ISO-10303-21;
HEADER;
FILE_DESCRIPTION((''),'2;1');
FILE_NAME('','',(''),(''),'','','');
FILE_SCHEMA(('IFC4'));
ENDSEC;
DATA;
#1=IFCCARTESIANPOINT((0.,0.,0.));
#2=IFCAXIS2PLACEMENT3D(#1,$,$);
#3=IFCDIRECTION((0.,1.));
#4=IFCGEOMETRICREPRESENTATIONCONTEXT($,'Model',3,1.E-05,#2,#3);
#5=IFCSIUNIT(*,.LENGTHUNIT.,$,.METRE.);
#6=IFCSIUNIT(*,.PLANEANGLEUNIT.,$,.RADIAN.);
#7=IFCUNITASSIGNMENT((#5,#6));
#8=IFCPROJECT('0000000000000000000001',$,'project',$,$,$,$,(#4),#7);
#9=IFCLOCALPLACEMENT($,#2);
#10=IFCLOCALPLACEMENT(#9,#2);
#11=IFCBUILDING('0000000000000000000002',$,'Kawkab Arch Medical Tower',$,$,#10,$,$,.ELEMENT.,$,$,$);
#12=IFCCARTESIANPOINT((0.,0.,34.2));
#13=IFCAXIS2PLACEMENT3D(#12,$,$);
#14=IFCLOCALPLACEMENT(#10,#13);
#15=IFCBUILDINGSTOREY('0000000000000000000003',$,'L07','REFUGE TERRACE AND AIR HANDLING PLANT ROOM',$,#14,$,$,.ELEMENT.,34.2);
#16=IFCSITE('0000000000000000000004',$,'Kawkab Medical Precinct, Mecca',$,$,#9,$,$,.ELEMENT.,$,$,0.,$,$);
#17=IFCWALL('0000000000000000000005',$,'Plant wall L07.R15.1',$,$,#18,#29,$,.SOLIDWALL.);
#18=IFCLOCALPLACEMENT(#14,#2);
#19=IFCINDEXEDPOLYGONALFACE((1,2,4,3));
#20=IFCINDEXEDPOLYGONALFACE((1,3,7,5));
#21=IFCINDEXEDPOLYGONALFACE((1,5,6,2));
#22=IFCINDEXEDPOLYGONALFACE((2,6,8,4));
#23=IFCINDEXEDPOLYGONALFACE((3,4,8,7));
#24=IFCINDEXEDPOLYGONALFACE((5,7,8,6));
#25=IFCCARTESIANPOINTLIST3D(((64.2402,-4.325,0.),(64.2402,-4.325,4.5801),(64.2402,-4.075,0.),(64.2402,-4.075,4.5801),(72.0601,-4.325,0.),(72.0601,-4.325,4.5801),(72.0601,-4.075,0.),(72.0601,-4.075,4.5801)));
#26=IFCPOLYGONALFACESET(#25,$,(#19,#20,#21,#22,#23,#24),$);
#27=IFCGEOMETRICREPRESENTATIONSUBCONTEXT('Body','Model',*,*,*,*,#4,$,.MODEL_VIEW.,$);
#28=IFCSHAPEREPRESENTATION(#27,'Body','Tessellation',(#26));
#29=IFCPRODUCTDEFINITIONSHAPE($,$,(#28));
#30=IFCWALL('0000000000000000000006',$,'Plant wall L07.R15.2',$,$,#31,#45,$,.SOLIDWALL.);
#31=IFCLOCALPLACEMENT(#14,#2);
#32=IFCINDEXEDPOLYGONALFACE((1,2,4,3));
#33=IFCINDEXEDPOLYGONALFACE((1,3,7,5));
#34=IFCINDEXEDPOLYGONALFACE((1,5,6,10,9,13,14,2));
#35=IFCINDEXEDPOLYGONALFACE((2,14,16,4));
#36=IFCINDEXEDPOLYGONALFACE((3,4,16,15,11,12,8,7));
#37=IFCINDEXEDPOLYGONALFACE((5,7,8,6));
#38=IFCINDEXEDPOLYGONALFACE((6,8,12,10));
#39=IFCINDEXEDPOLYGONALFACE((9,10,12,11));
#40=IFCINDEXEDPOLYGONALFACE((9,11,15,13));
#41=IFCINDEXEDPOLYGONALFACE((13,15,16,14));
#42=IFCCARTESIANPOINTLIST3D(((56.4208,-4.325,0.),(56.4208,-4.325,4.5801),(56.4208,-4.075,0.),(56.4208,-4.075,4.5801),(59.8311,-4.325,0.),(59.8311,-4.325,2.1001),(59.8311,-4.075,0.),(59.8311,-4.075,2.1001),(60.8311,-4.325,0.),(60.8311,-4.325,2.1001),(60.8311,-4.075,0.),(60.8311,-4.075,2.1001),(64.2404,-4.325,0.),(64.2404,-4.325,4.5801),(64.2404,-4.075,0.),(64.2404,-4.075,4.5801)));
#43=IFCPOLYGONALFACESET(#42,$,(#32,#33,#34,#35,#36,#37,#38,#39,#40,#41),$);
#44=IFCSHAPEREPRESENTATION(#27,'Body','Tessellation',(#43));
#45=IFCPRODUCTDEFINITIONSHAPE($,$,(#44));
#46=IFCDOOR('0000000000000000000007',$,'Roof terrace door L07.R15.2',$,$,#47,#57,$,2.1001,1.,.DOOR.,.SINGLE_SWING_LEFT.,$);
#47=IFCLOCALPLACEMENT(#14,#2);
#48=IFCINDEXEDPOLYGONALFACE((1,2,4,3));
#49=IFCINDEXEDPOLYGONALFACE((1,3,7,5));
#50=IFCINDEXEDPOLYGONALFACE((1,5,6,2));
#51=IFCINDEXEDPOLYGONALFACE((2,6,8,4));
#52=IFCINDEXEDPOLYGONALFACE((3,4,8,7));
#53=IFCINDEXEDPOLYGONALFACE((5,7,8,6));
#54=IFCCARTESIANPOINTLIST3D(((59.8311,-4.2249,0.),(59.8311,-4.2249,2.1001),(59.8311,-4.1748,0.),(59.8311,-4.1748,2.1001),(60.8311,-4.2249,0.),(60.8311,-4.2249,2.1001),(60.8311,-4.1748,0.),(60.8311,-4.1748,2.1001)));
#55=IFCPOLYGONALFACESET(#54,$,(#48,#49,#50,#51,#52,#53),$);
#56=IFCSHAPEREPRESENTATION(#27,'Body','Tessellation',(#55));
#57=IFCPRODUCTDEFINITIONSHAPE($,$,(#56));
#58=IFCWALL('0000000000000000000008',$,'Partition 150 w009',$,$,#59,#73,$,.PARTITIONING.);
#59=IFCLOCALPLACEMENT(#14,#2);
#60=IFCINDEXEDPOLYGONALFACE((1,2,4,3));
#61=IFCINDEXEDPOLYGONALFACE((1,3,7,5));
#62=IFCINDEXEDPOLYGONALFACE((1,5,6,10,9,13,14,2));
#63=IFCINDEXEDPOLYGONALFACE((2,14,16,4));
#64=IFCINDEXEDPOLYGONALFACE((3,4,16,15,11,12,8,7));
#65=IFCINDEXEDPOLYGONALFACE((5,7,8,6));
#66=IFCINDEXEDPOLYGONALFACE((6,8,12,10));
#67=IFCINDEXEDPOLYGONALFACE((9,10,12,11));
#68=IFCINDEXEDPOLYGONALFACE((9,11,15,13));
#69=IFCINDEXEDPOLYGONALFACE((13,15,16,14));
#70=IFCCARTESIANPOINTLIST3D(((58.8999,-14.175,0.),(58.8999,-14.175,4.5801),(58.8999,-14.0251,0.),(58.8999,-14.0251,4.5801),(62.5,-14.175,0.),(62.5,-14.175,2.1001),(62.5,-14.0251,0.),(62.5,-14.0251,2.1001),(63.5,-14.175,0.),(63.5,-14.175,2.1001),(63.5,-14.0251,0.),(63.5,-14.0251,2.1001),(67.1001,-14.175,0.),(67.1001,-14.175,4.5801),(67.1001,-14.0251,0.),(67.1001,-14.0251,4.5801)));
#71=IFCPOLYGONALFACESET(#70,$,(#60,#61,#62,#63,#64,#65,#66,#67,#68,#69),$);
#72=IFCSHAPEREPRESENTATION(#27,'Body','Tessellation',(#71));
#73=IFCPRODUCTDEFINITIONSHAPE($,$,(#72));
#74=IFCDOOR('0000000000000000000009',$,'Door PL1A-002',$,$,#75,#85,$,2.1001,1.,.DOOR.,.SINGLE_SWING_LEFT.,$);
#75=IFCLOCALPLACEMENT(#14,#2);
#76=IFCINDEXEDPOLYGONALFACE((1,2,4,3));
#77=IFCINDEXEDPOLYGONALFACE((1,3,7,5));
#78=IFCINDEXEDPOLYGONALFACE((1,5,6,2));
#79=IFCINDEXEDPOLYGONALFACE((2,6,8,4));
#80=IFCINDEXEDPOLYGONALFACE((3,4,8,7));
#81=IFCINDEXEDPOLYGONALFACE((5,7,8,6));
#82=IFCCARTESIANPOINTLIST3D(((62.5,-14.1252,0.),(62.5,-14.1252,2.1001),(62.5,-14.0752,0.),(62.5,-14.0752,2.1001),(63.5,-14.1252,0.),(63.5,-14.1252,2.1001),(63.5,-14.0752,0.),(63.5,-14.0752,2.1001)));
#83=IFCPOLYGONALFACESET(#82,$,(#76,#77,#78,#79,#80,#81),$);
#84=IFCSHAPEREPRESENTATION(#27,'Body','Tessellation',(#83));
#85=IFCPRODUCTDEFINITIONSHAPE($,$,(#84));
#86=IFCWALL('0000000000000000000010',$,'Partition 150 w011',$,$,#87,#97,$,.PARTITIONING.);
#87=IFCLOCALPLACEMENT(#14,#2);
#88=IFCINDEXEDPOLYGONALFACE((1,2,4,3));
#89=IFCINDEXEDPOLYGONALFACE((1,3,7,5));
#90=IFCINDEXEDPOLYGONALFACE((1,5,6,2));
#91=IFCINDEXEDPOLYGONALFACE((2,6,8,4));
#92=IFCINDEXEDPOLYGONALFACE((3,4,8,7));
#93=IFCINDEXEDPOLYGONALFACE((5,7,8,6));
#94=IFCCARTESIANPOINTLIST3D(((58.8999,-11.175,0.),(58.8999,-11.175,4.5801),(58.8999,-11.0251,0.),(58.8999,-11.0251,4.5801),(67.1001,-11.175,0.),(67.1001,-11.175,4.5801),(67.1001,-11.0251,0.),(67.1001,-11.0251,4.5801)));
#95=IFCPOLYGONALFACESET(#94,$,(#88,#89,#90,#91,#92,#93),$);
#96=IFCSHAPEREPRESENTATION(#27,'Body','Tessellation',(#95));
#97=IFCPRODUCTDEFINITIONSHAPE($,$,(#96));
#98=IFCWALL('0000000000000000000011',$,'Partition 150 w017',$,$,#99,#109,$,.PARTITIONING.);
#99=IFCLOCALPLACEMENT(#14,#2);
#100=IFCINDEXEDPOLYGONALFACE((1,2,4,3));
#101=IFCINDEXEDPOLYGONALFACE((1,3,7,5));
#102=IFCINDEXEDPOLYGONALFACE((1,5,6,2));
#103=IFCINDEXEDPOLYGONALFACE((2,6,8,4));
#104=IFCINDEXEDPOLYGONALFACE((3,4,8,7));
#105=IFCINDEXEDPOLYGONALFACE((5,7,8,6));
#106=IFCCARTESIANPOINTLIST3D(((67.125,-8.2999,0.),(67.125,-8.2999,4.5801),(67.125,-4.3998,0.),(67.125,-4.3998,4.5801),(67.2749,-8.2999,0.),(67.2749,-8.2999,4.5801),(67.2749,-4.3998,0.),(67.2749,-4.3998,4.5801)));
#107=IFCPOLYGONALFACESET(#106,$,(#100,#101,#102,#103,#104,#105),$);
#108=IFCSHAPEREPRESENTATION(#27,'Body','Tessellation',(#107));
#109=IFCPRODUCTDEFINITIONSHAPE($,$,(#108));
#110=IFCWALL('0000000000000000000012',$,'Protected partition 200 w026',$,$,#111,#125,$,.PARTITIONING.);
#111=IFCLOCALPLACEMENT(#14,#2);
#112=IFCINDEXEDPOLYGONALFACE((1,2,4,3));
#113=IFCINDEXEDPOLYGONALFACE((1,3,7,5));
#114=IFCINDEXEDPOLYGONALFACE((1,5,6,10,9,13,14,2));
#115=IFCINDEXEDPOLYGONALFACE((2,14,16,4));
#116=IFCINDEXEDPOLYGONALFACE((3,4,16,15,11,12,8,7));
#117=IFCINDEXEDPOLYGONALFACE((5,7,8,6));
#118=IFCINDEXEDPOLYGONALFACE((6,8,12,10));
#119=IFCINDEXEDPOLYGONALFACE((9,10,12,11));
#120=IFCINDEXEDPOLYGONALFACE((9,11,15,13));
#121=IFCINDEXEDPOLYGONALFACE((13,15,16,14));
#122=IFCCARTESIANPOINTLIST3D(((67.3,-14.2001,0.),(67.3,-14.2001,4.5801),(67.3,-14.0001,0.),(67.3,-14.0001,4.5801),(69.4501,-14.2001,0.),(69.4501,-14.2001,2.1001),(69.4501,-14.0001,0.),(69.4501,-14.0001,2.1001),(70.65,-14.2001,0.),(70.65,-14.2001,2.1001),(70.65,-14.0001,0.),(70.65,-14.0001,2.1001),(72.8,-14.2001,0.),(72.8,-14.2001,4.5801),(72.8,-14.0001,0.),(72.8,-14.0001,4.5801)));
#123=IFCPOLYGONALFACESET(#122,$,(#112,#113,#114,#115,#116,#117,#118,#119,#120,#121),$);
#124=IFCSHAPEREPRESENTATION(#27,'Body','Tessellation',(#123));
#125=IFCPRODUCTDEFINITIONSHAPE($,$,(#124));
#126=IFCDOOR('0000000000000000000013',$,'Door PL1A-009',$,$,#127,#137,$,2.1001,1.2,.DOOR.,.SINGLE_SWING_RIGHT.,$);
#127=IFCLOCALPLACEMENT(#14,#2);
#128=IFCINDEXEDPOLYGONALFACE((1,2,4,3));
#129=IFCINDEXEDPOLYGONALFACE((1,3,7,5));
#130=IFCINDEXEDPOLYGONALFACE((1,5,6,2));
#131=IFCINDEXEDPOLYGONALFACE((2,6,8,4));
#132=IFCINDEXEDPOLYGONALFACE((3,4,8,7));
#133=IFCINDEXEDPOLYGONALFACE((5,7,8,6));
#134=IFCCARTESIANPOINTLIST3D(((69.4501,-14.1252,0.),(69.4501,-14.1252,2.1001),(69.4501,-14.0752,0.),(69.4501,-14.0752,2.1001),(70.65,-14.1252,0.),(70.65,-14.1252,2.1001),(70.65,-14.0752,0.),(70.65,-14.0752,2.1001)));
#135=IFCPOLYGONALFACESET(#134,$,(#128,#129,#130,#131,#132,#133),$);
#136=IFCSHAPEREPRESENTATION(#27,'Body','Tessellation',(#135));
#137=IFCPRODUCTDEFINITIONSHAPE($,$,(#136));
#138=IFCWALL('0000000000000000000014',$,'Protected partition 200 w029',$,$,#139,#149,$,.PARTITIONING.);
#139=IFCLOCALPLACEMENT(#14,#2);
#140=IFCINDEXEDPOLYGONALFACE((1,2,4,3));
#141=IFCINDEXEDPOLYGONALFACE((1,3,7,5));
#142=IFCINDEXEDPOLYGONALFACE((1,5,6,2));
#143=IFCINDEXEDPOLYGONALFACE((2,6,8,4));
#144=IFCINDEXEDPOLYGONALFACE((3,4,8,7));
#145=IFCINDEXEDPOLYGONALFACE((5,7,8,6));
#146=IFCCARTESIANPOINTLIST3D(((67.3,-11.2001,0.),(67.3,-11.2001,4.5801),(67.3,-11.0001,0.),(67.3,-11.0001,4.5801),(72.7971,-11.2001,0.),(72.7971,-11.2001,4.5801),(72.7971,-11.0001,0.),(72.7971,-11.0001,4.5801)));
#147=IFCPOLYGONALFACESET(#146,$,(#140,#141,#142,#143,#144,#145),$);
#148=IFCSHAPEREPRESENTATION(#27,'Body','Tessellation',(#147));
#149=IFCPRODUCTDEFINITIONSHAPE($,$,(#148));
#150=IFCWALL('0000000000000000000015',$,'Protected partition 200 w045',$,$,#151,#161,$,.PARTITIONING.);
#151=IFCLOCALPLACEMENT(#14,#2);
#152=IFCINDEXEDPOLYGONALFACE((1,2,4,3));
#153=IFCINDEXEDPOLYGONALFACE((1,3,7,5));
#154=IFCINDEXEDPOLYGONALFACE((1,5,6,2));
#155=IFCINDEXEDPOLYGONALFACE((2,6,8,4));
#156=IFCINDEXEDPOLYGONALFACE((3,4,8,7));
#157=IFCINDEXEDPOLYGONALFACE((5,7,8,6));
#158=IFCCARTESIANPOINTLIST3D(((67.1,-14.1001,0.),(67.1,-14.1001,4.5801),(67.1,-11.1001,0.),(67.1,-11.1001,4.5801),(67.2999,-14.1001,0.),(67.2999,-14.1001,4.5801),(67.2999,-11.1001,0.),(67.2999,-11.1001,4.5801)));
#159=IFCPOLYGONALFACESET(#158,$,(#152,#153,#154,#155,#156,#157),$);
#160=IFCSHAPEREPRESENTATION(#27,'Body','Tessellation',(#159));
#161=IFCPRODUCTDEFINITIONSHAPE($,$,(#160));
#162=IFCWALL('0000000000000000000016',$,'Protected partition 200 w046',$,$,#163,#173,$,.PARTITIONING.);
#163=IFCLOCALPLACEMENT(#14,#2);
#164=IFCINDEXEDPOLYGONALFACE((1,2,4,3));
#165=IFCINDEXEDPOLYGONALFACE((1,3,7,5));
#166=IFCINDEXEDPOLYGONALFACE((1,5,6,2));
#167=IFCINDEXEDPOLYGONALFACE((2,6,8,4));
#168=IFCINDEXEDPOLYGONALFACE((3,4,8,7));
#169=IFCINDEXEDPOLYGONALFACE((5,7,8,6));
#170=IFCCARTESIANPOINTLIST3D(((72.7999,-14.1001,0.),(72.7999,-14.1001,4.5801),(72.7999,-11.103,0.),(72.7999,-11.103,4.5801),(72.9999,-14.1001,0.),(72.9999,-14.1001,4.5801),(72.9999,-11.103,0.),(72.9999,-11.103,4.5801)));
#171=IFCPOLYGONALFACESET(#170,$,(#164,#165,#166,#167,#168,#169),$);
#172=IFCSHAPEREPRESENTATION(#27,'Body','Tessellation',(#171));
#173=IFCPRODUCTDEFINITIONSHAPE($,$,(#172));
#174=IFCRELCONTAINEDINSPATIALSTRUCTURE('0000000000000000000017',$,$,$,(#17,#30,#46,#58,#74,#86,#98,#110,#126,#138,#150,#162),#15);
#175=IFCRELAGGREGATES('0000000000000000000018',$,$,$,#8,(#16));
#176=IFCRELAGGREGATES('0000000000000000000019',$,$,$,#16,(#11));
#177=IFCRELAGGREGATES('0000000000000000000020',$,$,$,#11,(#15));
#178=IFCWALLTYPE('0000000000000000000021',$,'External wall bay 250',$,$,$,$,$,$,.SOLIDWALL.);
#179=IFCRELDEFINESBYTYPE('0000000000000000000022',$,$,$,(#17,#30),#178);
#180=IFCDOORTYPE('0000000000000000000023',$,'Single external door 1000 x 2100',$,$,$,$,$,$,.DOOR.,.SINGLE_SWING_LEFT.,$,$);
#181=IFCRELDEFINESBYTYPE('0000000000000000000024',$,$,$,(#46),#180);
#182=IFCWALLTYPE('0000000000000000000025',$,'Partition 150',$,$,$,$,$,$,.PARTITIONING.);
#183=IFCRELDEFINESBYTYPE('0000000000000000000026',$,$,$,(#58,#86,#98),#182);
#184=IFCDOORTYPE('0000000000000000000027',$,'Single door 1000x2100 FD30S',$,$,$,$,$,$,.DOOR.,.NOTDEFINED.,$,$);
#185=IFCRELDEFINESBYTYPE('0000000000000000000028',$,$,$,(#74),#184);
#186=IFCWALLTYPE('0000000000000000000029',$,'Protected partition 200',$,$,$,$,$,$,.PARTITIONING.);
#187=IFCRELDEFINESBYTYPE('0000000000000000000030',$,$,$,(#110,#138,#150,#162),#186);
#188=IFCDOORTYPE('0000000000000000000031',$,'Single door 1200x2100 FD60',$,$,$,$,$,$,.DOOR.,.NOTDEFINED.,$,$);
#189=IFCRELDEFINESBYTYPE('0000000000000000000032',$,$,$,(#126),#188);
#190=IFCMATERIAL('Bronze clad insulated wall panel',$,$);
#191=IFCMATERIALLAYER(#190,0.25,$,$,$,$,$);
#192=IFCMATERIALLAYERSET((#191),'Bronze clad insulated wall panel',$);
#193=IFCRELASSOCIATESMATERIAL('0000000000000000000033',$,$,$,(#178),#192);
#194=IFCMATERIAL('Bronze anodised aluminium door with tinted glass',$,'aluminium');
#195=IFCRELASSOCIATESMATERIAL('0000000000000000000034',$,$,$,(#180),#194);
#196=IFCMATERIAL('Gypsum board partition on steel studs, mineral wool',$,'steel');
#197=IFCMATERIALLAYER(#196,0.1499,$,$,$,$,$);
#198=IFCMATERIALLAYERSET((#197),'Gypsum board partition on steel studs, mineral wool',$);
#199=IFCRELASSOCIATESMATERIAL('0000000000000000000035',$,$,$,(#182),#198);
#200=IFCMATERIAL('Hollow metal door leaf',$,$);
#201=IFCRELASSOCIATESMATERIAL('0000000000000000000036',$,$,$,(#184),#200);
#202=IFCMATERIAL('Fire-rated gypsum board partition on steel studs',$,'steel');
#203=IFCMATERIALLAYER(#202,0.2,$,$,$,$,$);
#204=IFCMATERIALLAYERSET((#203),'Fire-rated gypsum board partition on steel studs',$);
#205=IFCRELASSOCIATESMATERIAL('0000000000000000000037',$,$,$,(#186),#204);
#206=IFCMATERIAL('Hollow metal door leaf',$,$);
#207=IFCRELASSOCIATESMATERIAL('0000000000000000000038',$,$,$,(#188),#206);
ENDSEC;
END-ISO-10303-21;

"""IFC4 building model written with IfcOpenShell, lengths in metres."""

from ifc_helpers import new_model, si_unit, direction, frame, frame_2d, origin, place, context, subcontext, project, spatial, rectangle, extrude, material, layer, layer_set, type_object, element, fill, save


model = new_model("IFC4")

# Units and contexts
model_context = context("Model", 3, precision=1e-05, world=origin(), true_north=direction((0.0, 1.0)))
body_context = subcontext(model_context, "Body", "Model", "MODEL_VIEW")
ifc_project = project(units=[si_unit("LENGTHUNIT", "METRE"), si_unit("PLANEANGLEUNIT", "RADIAN")], contexts=[model_context])

# Site, building, storey
site_placement = place(None, origin())
site = spatial("IfcSite", under=ifc_project, at=site_placement, Name="Kawkab Medical Precinct, Mecca", CompositionType="ELEMENT", RefElevation=0.0)
building_placement = place(site_placement, origin())
building = spatial("IfcBuilding", under=site, at=building_placement, Name="Kawkab Arch Medical Tower", CompositionType="ELEMENT")
storey_placement = place(building_placement, frame((0.0, 0.0, 34.2)))
storey = spatial("IfcBuildingStorey", under=building, at=storey_placement, Name="L07", Description="REFUGE TERRACE AND AIR HANDLING PLANT ROOM", CompositionType="ELEMENT", Elevation=34.2)

# Wall
ifc_material_1 = material(Name="Bronze clad insulated wall panel")
ifc_layer_1 = layer(ifc_material_1, 0.25)
ifc_layer_set_1 = layer_set([ifc_layer_1], Name="Bronze clad insulated wall panel")
wall_type_1 = type_object("IfcWallType", Name="External wall bay 250", PredefinedType="SOLIDWALL", material=ifc_layer_set_1)
wall_1_placement = place(storey_placement, frame((72.0601, -4.2, 0.0), z_axis=(0.0, 0.0, 1.0), x_axis=(-1.0, 0.0, 0.0)))
element("IfcWall", 1, at=wall_1_placement, inside=storey, type_object=wall_type_1, Name="Plant wall L07.R15.1", PredefinedType="SOLIDWALL", context=body_context, shape_type="SweptSolid", body=[
    extrude(rectangle(XDim=7.8198, YDim=0.25, at=frame_2d((3.9099, 0.0))), origin(), (0.0, 0.0, 1.0), 4.5801),
])

# Walls, openings, doors
wall_2_placement = place(storey_placement, frame((64.2402, -4.2, 0.0), z_axis=(0.0, 0.0, 1.0), x_axis=(-1.0, 0.0, 0.0)))
wall_2 = element("IfcWall", 2, at=wall_2_placement, inside=storey, type_object=wall_type_1, Name="Plant wall L07.R15.2", PredefinedType="SOLIDWALL", context=body_context, shape_type="SweptSolid", body=[
    extrude(rectangle(XDim=7.8196, YDim=0.25, at=frame_2d((3.9097, 0.0))), origin(), (0.0, 0.0, 1.0), 4.5801),
])
opening_1_placement = place(wall_2_placement, frame((3.4092, 0.0, 0.0)))
opening_1 = element("IfcOpeningElement", 3, at=opening_1_placement, cuts=wall_2, PredefinedType="OPENING", context=body_context, shape_type="SweptSolid", body=[
    extrude(rectangle(XDim=1.0, YDim=2.1001, at=frame_2d((0.5, 1.05))), frame((0.0, 0.135, 0.0), z_axis=(0.0, -1.0, 0.0), x_axis=(1.0, 0.0, 0.0)), (0.0, 0.0, 1.0), 0.27),
])
ifc_material_2 = material(Name="Bronze anodised aluminium door with tinted glass", Category="aluminium")
door_type_1 = type_object("IfcDoorType", Name="Single external door 1000 x 2100", OperationType="SINGLE_SWING_LEFT", PredefinedType="DOOR", material=ifc_material_2)
door_1_placement = place(opening_1_placement, origin())
door_1 = element("IfcDoor", 4, at=door_1_placement, inside=storey, type_object=door_type_1, Name="Roof terrace door L07.R15.2", OperationType="SINGLE_SWING_LEFT", OverallHeight=2.1001, OverallWidth=1.0, PredefinedType="DOOR", context=body_context, shape_type="SweptSolid", body=[
    extrude(rectangle(XDim=1.0, YDim=2.1001, at=frame_2d((0.5, 1.05))), frame((0.0, 0.0249, 0.0), z_axis=(0.0, -1.0, 0.0), x_axis=(1.0, 0.0, 0.0)), (0.0, 0.0, 1.0), 0.05),
])
fill(opening_1, door_1)
ifc_material_3 = material(Name="Gypsum board partition on steel studs, mineral wool", Category="steel")
ifc_layer_2 = layer(ifc_material_3, 0.1499)
ifc_layer_set_2 = layer_set([ifc_layer_2], Name="Gypsum board partition on steel studs, mineral wool")
wall_type_2 = type_object("IfcWallType", Name="Partition 150", PredefinedType="PARTITIONING", material=ifc_layer_set_2)
wall_3_placement = place(storey_placement, frame((58.8999, -14.1001, 0.0), z_axis=(0.0, 0.0, 1.0), x_axis=(1.0, 0.0, 0.0)))
wall_3 = element("IfcWall", 5, at=wall_3_placement, inside=storey, type_object=wall_type_2, Name="Partition 150 w009", PredefinedType="PARTITIONING", context=body_context, shape_type="SweptSolid", body=[
    extrude(rectangle(XDim=8.2002, YDim=0.1499, at=frame_2d((4.1001, 0.0))), origin(), (0.0, 0.0, 1.0), 4.5801),
])
opening_2_placement = place(wall_3_placement, frame((3.6001, 0.0, 0.0)))
opening_2 = element("IfcOpeningElement", 6, at=opening_2_placement, cuts=wall_3, PredefinedType="OPENING", context=body_context, shape_type="SweptSolid", body=[
    extrude(rectangle(XDim=1.0, YDim=2.1001, at=frame_2d((0.5, 1.05))), frame((0.0, 0.085, 0.0), z_axis=(0.0, -1.0, 0.0), x_axis=(1.0, 0.0, 0.0)), (0.0, 0.0, 1.0), 0.1699),
])
ifc_material_4 = material(Name="Hollow metal door leaf")
door_type_2 = type_object("IfcDoorType", Name="Single door 1000x2100 FD30S", OperationType="NOTDEFINED", PredefinedType="DOOR", material=ifc_material_4)
door_2_placement = place(opening_2_placement, origin())
door_2 = element("IfcDoor", 7, at=door_2_placement, inside=storey, type_object=door_type_2, Name="Door PL1A-002", OperationType="SINGLE_SWING_LEFT", OverallHeight=2.1001, OverallWidth=1.0, PredefinedType="DOOR", context=body_context, shape_type="SweptSolid", body=[
    extrude(rectangle(XDim=1.0, YDim=2.1001, at=frame_2d((0.5, 1.05))), frame((0.0, 0.0249, 0.0), z_axis=(0.0, -1.0, 0.0), x_axis=(1.0, 0.0, 0.0)), (0.0, 0.0, 1.0), 0.05),
])
fill(opening_2, door_2)

# Walls
wall_4_placement = place(storey_placement, frame((58.8999, -11.1001, 0.0), z_axis=(0.0, 0.0, 1.0), x_axis=(1.0, 0.0, 0.0)))
element("IfcWall", 8, at=wall_4_placement, inside=storey, type_object=wall_type_2, Name="Partition 150 w011", PredefinedType="PARTITIONING", context=body_context, shape_type="SweptSolid", body=[
    extrude(rectangle(XDim=8.2002, YDim=0.1499, at=frame_2d((4.1001, 0.0))), origin(), (0.0, 0.0, 1.0), 4.5801),
])
wall_5_placement = place(storey_placement, frame((67.2, -8.3, 0.0), z_axis=(0.0, 0.0, 1.0), x_axis=(0.0, 1.0, 0.0)))
element("IfcWall", 9, at=wall_5_placement, inside=storey, type_object=wall_type_2, Name="Partition 150 w017", PredefinedType="PARTITIONING", context=body_context, shape_type="SweptSolid", body=[
    extrude(rectangle(XDim=3.9001, YDim=0.1499, at=frame_2d((1.9502, 0.0))), origin(), (0.0, 0.0, 1.0), 4.5801),
])

# Wall, opening, door
ifc_material_5 = material(Name="Fire-rated gypsum board partition on steel studs", Category="steel")
ifc_layer_3 = layer(ifc_material_5, 0.2)
ifc_layer_set_3 = layer_set([ifc_layer_3], Name="Fire-rated gypsum board partition on steel studs")
wall_type_3 = type_object("IfcWallType", Name="Protected partition 200", PredefinedType="PARTITIONING", material=ifc_layer_set_3)
wall_6_placement = place(storey_placement, frame((67.3, -14.1001, 0.0), z_axis=(0.0, 0.0, 1.0), x_axis=(1.0, 0.0, 0.0)))
wall_6 = element("IfcWall", 10, at=wall_6_placement, inside=storey, type_object=wall_type_3, Name="Protected partition 200 w026", PredefinedType="PARTITIONING", context=body_context, shape_type="SweptSolid", body=[
    extrude(rectangle(XDim=5.5, YDim=0.2, at=frame_2d((2.75, 0.0))), origin(), (0.0, 0.0, 1.0), 4.5801),
])
opening_3_placement = place(wall_6_placement, frame((2.1499, 0.0, 0.0)))
opening_3 = element("IfcOpeningElement", 11, at=opening_3_placement, cuts=wall_6, PredefinedType="OPENING", context=body_context, shape_type="SweptSolid", body=[
    extrude(rectangle(XDim=1.2, YDim=2.1001, at=frame_2d((0.6001, 1.05))), frame((0.0, 0.1099, 0.0), z_axis=(0.0, -1.0, 0.0), x_axis=(1.0, 0.0, 0.0)), (0.0, 0.0, 1.0), 0.22),
])
ifc_material_6 = material(Name="Hollow metal door leaf")
door_type_3 = type_object("IfcDoorType", Name="Single door 1200x2100 FD60", OperationType="NOTDEFINED", PredefinedType="DOOR", material=ifc_material_6)
door_3_placement = place(opening_3_placement, origin())
door_3 = element("IfcDoor", 12, at=door_3_placement, inside=storey, type_object=door_type_3, Name="Door PL1A-009", OperationType="SINGLE_SWING_RIGHT", OverallHeight=2.1001, OverallWidth=1.2, PredefinedType="DOOR", context=body_context, shape_type="SweptSolid", body=[
    extrude(rectangle(XDim=1.2, YDim=2.1001, at=frame_2d((0.6001, 1.05))), frame((0.0, 0.0249, 0.0), z_axis=(0.0, -1.0, 0.0), x_axis=(1.0, 0.0, 0.0)), (0.0, 0.0, 1.0), 0.05),
])
fill(opening_3, door_3)

# Walls
wall_7_placement = place(storey_placement, frame((67.3, -11.1001, 0.0), z_axis=(0.0, 0.0, 1.0), x_axis=(1.0, 0.0, 0.0)))
element("IfcWall", 13, at=wall_7_placement, inside=storey, type_object=wall_type_3, Name="Protected partition 200 w029", PredefinedType="PARTITIONING", context=body_context, shape_type="SweptSolid", body=[
    extrude(rectangle(XDim=5.4971, YDim=0.2, at=frame_2d((2.7485, 0.0))), origin(), (0.0, 0.0, 1.0), 4.5801),
])
wall_8_placement = place(storey_placement, frame((67.2, -14.1001, 0.0), z_axis=(0.0, 0.0, 1.0), x_axis=(0.0, 1.0, 0.0)))
element("IfcWall", 14, at=wall_8_placement, inside=storey, type_object=wall_type_3, Name="Protected partition 200 w045", PredefinedType="PARTITIONING", context=body_context, shape_type="SweptSolid", body=[
    extrude(rectangle(XDim=3.0, YDim=0.2, at=frame_2d((1.5, 0.0))), origin(), (0.0, 0.0, 1.0), 4.5801),
])
wall_9_placement = place(storey_placement, frame((72.8999, -14.1001, 0.0), z_axis=(0.0, 0.0, 1.0), x_axis=(0.0, 1.0, 0.0)))
element("IfcWall", 15, at=wall_9_placement, inside=storey, type_object=wall_type_3, Name="Protected partition 200 w046", PredefinedType="PARTITIONING", context=body_context, shape_type="SweptSolid", body=[
    extrude(rectangle(XDim=2.9971, YDim=0.2, at=frame_2d((1.4985, 0.0))), origin(), (0.0, 0.0, 1.0), 4.5801),
])

save(model, "model.ifc")
